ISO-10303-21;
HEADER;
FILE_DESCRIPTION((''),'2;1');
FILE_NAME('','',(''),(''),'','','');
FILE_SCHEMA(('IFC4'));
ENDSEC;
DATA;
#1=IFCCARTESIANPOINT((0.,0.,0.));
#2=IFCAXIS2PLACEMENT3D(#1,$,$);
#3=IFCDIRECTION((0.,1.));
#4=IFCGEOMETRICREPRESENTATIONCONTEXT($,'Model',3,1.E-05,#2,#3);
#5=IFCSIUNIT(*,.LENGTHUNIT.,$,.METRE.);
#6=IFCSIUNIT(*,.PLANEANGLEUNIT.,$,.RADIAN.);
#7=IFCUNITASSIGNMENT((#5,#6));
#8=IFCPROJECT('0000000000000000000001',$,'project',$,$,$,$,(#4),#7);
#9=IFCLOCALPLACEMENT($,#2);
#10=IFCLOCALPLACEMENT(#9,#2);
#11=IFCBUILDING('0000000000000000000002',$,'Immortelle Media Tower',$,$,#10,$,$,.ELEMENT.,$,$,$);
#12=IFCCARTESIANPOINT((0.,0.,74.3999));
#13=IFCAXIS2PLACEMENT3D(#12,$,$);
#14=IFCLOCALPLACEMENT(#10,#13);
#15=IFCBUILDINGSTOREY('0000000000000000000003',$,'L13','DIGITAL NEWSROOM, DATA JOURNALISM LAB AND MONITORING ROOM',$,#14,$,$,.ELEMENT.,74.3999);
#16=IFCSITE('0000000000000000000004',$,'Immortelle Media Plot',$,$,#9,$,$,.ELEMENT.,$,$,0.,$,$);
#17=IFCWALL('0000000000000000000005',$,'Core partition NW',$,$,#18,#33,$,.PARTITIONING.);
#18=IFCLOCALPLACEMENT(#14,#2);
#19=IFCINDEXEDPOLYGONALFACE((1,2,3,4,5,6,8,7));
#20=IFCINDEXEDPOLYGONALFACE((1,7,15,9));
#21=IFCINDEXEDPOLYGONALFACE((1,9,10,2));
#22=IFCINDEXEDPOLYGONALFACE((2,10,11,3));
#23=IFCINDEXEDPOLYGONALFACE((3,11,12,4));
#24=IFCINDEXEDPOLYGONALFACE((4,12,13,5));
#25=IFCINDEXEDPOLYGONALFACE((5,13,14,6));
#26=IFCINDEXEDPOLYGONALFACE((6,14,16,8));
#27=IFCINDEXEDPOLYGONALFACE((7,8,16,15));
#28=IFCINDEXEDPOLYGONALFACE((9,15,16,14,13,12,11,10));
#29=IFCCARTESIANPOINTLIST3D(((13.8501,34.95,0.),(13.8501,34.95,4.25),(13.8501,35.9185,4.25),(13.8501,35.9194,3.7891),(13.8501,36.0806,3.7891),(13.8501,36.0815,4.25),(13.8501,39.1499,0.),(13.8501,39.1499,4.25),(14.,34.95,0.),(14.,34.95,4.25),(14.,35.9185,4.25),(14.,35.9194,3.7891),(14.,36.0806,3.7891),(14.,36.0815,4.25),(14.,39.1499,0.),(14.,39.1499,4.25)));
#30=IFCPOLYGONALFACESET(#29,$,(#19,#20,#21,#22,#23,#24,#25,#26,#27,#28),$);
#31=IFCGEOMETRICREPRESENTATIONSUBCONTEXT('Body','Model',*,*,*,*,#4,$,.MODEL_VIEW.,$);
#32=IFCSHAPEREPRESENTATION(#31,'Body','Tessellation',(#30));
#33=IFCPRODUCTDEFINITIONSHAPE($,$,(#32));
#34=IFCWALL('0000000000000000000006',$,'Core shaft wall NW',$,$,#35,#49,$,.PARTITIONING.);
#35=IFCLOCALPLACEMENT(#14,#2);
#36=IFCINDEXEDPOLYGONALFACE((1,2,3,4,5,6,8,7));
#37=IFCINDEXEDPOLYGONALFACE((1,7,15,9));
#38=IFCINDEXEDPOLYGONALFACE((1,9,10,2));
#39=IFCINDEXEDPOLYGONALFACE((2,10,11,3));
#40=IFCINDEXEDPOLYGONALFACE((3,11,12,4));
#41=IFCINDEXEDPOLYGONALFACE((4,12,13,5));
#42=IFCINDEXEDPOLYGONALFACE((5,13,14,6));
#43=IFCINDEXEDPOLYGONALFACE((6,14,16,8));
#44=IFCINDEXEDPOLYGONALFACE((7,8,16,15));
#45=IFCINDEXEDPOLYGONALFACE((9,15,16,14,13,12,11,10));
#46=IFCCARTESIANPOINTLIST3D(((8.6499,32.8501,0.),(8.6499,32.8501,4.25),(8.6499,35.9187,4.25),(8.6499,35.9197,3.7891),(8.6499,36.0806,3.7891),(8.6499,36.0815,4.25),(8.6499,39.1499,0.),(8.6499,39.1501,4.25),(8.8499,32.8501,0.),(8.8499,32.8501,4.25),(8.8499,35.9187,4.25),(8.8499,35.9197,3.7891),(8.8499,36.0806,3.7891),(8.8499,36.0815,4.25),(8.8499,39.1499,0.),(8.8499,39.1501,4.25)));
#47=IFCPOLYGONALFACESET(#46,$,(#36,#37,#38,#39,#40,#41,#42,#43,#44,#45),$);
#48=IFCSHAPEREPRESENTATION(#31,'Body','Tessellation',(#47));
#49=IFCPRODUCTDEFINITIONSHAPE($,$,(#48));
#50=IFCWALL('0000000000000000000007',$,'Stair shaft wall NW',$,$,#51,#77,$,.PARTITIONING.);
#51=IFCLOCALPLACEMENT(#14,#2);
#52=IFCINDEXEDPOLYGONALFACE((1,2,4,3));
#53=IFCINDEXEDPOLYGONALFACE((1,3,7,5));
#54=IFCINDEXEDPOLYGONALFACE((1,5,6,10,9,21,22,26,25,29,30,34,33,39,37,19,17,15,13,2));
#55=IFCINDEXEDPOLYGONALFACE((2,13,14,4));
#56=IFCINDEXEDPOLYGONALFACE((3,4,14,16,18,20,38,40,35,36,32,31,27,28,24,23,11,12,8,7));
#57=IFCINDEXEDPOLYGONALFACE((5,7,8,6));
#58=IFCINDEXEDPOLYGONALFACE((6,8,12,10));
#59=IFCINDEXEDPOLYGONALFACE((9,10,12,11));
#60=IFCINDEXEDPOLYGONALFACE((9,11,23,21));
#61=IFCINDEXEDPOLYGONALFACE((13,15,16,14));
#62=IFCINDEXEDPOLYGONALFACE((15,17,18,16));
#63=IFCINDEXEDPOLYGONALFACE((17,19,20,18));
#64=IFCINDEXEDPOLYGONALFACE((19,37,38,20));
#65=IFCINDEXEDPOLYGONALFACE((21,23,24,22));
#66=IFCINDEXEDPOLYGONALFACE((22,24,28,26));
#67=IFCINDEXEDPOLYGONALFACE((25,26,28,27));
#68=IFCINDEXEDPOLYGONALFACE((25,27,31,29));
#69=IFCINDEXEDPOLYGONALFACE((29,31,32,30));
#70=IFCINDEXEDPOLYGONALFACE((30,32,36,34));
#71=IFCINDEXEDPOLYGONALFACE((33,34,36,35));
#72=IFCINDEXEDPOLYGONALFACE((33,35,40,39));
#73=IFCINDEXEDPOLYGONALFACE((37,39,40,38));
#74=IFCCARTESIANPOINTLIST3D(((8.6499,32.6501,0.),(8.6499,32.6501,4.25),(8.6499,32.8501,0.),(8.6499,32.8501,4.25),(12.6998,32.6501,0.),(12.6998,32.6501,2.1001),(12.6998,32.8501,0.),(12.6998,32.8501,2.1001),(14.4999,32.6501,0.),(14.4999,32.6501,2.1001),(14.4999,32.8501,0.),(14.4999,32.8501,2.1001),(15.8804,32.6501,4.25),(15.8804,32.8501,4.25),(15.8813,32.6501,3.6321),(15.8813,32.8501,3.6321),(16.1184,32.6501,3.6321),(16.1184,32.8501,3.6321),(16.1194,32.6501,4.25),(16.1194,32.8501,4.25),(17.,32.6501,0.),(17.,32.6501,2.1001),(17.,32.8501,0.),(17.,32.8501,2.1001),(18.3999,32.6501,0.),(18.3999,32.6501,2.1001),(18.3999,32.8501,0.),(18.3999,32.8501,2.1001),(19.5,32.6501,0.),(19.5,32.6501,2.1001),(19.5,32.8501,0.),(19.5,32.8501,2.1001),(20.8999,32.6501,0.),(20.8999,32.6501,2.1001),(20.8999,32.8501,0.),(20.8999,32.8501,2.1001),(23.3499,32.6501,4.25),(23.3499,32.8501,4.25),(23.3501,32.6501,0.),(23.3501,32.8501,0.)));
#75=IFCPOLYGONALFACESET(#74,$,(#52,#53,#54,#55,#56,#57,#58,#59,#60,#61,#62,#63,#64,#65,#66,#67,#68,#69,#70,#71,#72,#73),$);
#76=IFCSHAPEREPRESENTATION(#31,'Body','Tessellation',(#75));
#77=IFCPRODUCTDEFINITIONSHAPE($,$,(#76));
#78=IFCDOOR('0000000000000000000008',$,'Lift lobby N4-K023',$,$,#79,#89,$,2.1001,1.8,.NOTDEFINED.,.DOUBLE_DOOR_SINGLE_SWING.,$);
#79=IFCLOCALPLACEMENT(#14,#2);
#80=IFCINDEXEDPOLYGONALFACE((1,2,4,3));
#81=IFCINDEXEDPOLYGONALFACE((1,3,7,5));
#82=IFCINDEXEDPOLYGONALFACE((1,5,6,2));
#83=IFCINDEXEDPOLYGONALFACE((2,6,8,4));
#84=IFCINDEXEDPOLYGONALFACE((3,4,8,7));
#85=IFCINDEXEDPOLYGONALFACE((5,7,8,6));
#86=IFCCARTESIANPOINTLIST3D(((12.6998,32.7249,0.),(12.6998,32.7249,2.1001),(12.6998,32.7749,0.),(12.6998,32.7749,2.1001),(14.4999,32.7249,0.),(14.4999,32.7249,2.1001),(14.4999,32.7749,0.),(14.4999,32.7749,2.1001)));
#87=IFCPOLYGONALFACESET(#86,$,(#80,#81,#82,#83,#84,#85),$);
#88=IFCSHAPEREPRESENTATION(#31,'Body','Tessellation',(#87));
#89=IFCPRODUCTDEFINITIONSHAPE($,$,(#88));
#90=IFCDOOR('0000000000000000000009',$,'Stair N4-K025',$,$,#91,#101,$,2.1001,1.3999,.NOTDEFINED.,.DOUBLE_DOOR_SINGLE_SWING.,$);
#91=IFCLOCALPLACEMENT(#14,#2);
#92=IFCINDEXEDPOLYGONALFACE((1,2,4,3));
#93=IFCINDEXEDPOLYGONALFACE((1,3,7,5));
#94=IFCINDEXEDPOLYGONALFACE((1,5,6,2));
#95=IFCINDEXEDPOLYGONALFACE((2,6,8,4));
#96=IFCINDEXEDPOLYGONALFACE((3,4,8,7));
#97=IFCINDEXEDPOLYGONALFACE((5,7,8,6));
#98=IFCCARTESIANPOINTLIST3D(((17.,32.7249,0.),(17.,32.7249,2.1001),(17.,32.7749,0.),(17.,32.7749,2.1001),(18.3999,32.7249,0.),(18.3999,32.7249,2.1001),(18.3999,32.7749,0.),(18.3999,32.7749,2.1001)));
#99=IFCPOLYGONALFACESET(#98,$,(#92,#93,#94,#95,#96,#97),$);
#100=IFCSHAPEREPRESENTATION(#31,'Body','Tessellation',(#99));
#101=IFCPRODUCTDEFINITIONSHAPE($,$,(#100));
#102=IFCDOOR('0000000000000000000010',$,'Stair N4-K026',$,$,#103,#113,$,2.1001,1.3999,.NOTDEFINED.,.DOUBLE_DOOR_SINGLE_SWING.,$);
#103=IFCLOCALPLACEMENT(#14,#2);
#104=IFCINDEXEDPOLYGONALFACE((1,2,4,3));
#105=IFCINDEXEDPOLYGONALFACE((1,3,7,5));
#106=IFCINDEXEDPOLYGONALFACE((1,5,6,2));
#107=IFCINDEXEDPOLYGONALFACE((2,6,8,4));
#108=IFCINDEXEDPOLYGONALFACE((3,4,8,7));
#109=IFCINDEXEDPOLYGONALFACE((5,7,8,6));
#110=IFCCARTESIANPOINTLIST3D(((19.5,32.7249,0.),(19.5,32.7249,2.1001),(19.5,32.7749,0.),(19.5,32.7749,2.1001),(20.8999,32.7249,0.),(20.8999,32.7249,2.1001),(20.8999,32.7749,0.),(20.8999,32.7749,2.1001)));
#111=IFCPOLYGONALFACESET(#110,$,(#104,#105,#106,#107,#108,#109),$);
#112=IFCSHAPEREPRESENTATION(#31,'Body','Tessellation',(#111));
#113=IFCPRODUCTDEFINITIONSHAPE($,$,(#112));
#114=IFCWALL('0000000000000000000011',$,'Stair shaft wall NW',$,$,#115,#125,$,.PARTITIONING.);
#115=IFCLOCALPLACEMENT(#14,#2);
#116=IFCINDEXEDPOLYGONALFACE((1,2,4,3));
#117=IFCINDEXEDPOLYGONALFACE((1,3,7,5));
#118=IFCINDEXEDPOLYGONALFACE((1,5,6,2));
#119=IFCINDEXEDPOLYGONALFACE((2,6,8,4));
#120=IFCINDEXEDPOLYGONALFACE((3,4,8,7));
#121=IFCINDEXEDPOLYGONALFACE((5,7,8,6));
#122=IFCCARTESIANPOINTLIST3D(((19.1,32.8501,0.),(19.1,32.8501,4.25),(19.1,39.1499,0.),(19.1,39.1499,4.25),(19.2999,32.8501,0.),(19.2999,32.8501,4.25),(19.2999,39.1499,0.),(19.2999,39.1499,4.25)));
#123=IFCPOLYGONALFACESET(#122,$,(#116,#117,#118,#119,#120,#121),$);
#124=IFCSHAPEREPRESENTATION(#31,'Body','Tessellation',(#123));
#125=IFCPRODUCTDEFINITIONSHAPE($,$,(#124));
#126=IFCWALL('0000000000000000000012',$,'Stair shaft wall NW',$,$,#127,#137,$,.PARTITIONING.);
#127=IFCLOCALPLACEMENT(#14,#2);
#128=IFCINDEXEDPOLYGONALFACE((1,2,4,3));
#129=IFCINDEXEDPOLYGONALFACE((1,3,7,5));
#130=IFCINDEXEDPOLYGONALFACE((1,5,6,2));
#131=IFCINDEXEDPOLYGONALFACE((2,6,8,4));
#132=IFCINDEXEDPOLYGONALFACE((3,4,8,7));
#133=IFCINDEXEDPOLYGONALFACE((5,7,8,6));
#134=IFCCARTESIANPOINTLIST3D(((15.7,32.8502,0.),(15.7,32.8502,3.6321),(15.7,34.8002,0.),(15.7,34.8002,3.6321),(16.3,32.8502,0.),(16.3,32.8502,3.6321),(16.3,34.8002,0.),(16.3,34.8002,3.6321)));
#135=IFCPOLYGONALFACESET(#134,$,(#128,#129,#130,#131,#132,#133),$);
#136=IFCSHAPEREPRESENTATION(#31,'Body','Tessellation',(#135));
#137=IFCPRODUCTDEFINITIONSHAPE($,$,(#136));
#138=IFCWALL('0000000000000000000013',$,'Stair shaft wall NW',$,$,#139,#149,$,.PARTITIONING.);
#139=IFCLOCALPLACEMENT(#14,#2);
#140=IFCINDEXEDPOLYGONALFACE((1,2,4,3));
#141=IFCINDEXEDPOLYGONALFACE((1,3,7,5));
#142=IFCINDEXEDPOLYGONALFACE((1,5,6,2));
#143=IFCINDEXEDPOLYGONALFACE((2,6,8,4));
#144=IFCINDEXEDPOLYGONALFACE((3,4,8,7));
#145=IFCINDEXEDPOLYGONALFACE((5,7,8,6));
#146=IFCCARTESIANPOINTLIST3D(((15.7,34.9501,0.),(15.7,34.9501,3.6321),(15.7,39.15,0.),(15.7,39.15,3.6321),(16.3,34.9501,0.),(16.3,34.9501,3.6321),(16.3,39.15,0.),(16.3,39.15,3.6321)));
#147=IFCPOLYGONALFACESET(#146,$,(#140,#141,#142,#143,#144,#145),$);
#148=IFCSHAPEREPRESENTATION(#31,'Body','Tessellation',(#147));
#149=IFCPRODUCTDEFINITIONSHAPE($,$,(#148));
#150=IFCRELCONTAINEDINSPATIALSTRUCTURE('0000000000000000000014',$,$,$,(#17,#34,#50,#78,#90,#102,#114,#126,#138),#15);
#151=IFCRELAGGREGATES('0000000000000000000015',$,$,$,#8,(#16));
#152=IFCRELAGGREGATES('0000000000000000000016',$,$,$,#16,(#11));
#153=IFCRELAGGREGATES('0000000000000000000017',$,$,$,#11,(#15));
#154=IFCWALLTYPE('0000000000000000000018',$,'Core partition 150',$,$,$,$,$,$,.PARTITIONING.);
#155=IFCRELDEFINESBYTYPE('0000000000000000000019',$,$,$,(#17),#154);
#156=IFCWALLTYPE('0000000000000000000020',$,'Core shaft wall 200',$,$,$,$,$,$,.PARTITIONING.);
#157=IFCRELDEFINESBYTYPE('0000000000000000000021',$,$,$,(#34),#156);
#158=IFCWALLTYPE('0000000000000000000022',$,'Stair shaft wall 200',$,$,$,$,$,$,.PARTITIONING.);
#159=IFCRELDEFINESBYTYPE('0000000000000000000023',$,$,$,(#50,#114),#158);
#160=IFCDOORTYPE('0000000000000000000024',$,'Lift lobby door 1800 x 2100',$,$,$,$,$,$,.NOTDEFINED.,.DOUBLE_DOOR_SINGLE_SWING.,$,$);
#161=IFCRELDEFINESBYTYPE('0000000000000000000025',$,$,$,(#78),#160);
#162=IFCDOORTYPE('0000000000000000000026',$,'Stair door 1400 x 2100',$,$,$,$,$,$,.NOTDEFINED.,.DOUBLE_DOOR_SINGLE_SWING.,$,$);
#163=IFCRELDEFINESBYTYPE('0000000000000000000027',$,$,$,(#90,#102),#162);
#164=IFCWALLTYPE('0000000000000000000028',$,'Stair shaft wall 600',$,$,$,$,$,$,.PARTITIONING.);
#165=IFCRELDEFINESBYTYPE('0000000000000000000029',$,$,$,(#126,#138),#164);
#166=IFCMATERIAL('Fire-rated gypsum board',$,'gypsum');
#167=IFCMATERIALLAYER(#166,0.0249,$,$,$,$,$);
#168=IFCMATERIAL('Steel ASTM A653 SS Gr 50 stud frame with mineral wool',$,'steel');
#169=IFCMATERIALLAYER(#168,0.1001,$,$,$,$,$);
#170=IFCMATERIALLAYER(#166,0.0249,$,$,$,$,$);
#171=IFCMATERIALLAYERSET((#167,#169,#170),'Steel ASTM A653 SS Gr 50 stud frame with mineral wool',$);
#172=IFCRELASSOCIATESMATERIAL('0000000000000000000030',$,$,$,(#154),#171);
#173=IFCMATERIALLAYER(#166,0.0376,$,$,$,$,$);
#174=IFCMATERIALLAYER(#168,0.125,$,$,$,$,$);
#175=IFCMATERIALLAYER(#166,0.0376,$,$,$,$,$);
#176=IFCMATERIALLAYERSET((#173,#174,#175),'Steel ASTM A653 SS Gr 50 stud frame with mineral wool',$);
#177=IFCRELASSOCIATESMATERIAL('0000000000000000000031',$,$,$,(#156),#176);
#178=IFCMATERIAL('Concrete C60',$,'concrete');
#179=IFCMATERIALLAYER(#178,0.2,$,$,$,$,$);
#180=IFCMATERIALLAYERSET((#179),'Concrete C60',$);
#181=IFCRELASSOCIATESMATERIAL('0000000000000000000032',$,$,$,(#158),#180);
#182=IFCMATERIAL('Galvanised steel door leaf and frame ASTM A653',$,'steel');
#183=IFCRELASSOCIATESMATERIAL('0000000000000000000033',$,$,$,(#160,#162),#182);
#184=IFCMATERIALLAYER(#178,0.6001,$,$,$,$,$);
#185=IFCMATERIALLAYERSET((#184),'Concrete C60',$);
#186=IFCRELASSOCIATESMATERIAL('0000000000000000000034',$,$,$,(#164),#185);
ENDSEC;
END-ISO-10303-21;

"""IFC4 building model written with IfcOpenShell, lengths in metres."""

from ifc_helpers import new_model, si_unit, direction, frame, frame_2d, origin, place, context, subcontext, project, spatial, polyline, rectangle, outline, extrude, material, layer, layer_set, type_object, element, fill, save


model = new_model("IFC4")

# Units and contexts
model_context = context("Model", 3, precision=1e-05, world=origin(), true_north=direction((0.0, 1.0)))
body_context = subcontext(model_context, "Body", "Model", "MODEL_VIEW")
ifc_project = project(units=[si_unit("LENGTHUNIT", "METRE"), si_unit("PLANEANGLEUNIT", "RADIAN")], contexts=[model_context])

# Site, building, storey
site_placement = place(None, origin())
site = spatial("IfcSite", under=ifc_project, at=site_placement, Name="Immortelle Media Plot", CompositionType="ELEMENT", RefElevation=0.0)
building_placement = place(site_placement, origin())
building = spatial("IfcBuilding", under=site, at=building_placement, Name="Immortelle Media Tower", CompositionType="ELEMENT")
storey_placement = place(building_placement, frame((0.0, 0.0, 74.3999)))
storey = spatial("IfcBuildingStorey", under=building, at=storey_placement, Name="L13", Description="DIGITAL NEWSROOM, DATA JOURNALISM LAB AND MONITORING ROOM", CompositionType="ELEMENT", Elevation=74.3999)

# Shared definitions
ifc_material_1 = material(Name="Fire-rated gypsum board", Category="gypsum")
ifc_layer_1 = layer(ifc_material_1, 0.0249)
ifc_material_2 = material(Name="Steel ASTM A653 SS Gr 50 stud frame with mineral wool", Category="steel")
ifc_layer_2 = layer(ifc_material_2, 0.1001)
ifc_layer_3 = layer(ifc_material_1, 0.0249)
ifc_layer_set_1 = layer_set([ifc_layer_1, ifc_layer_2, ifc_layer_3], Name="Steel ASTM A653 SS Gr 50 stud frame with mineral wool")
wall_type_1 = type_object("IfcWallType", Name="Core partition 150", PredefinedType="PARTITIONING", material=ifc_layer_set_1)
ifc_material_3 = material(Name="Galvanised steel door leaf and frame ASTM A653", Category="steel")

# Walls
for number, where, z_axis, x_axis, name in (
    (1, (13.925, 34.95, 0.0), (0.0, 0.0, 1.0), (0.0, 1.0, 0.0), "Core partition NW"),
):
    element("IfcWall", number, at=place(storey_placement, frame(where, z_axis=z_axis, x_axis=x_axis)), inside=storey, type_object=wall_type_1, Name=name, PredefinedType="PARTITIONING", context=body_context, shape_type="SweptSolid", body=[
        extrude(outline(polyline([(0.0, 0.0), (4.2, 0.0), (4.2, 4.25), (1.1316, 4.25), (1.1306, 3.7891), (0.9695, 3.7891), (0.9685, 4.25), (0.0, 4.25), (0.0, 0.0)])), frame((0.0, 0.075, 0.0), z_axis=(0.0, -1.0, 0.0), x_axis=(1.0, 0.0, 0.0)), (0.0, 0.0, 1.0), 0.1499),
    ])
ifc_layer_4 = layer(ifc_material_1, 0.0376)
ifc_layer_5 = layer(ifc_material_2, 0.125)
ifc_layer_6 = layer(ifc_material_1, 0.0376)
ifc_layer_set_2 = layer_set([ifc_layer_4, ifc_layer_5, ifc_layer_6], Name="Steel ASTM A653 SS Gr 50 stud frame with mineral wool")
wall_type_2 = type_object("IfcWallType", Name="Core shaft wall 200", PredefinedType="PARTITIONING", material=ifc_layer_set_2)
wall_1_placement = place(storey_placement, frame((8.75, 32.8501, 0.0), z_axis=(0.0, 0.0, 1.0), x_axis=(0.0, 1.0, 0.0)))
element("IfcWall", 2, at=wall_1_placement, inside=storey, type_object=wall_type_2, Name="Core shaft wall NW", PredefinedType="PARTITIONING", context=body_context, shape_type="SweptSolid", body=[
    extrude(outline(polyline([(0.0, 0.0), (6.2998, 0.0), (6.3, 4.25), (3.2314, 4.25), (3.2305, 3.7891), (3.0696, 3.7891), (3.0686, 4.25), (0.0, 4.25), (0.0, 0.0)])), frame((0.0, 0.1001, 0.0), z_axis=(0.0, -1.0, 0.0), x_axis=(1.0, 0.0, 0.0)), (0.0, 0.0, 1.0), 0.2),
])

# Wall, openings, doors
ifc_material_4 = material(Name="Concrete C60", Category="concrete")
ifc_layer_7 = layer(ifc_material_4, 0.2)
ifc_layer_set_3 = layer_set([ifc_layer_7], Name="Concrete C60")
wall_type_3 = type_object("IfcWallType", Name="Stair shaft wall 200", PredefinedType="PARTITIONING", material=ifc_layer_set_3)
wall_2_placement = place(storey_placement, frame((8.6499, 32.75, 0.0), z_axis=(0.0, 0.0, 1.0), x_axis=(1.0, 0.0, 0.0)))
wall_2 = element("IfcWall", 3, at=wall_2_placement, inside=storey, type_object=wall_type_3, Name="Stair shaft wall NW", PredefinedType="PARTITIONING", context=body_context, shape_type="SweptSolid", body=[
    extrude(outline(polyline([(0.0, 0.0), (14.7002, 0.0), (14.7, 4.25), (7.4695, 4.25), (7.4685, 3.6321), (7.2314, 3.6321), (7.2305, 4.25), (0.0, 4.25), (0.0, 0.0)])), frame((0.0, 0.1001, 0.0), z_axis=(0.0, -1.0, 0.0), x_axis=(1.0, 0.0, 0.0)), (0.0, 0.0, 1.0), 0.2),
])
opening_1_placement = place(wall_2_placement, frame((4.05, 0.0, 0.0)))
opening_1 = element("IfcOpeningElement", 4, at=opening_1_placement, cuts=wall_2, PredefinedType="OPENING", context=body_context, shape_type="SweptSolid", body=[
    extrude(rectangle(XDim=1.8, YDim=2.1001, at=frame_2d((0.8999, 1.05))), frame((0.0, 0.1099, 0.0), z_axis=(0.0, -1.0, 0.0), x_axis=(1.0, 0.0, 0.0)), (0.0, 0.0, 1.0), 0.22),
])
opening_2_placement = place(wall_2_placement, frame((8.3501, 0.0, 0.0)))
opening_2 = element("IfcOpeningElement", 5, at=opening_2_placement, cuts=wall_2, PredefinedType="OPENING", context=body_context, shape_type="SweptSolid", body=[
    extrude(rectangle(XDim=1.3999, YDim=2.1001, at=frame_2d((0.7, 1.05))), frame((0.0, 0.1099, 0.0), z_axis=(0.0, -1.0, 0.0), x_axis=(1.0, 0.0, 0.0)), (0.0, 0.0, 1.0), 0.22),
])
opening_3_placement = place(wall_2_placement, frame((10.8501, 0.0, 0.0)))
opening_3 = element("IfcOpeningElement", 6, at=opening_3_placement, cuts=wall_2, PredefinedType="OPENING", context=body_context, shape_type="SweptSolid", body=[
    extrude(rectangle(XDim=1.3999, YDim=2.1001, at=frame_2d((0.7, 1.05))), frame((0.0, 0.1099, 0.0), z_axis=(0.0, -1.0, 0.0), x_axis=(1.0, 0.0, 0.0)), (0.0, 0.0, 1.0), 0.22),
])
door_type_1 = type_object("IfcDoorType", Name="Lift lobby door 1800 x 2100", OperationType="DOUBLE_DOOR_SINGLE_SWING", PredefinedType="NOTDEFINED", material=ifc_material_3)
door_1_placement = place(opening_1_placement, origin())
door_1 = element("IfcDoor", 7, at=door_1_placement, inside=storey, type_object=door_type_1, Name="Lift lobby N4-K023", OperationType="DOUBLE_DOOR_SINGLE_SWING", OverallHeight=2.1001, OverallWidth=1.8, PredefinedType="NOTDEFINED", context=body_context, shape_type="SweptSolid", body=[
    extrude(rectangle(XDim=1.8, YDim=2.1001, at=frame_2d((0.8999, 1.05))), frame((0.0, 0.0249, 0.0), z_axis=(0.0, -1.0, 0.0), x_axis=(1.0, 0.0, 0.0)), (0.0, 0.0, 1.0), 0.05),
])
fill(opening_1, door_1)
door_type_2 = type_object("IfcDoorType", Name="Stair door 1400 x 2100", OperationType="DOUBLE_DOOR_SINGLE_SWING", PredefinedType="NOTDEFINED", material=ifc_material_3)
door_2_placement = place(opening_2_placement, origin())
door_2 = element("IfcDoor", 8, at=door_2_placement, inside=storey, type_object=door_type_2, Name="Stair N4-K025", OperationType="DOUBLE_DOOR_SINGLE_SWING", OverallHeight=2.1001, OverallWidth=1.3999, PredefinedType="NOTDEFINED", context=body_context, shape_type="SweptSolid", body=[
    extrude(rectangle(XDim=1.3999, YDim=2.1001, at=frame_2d((0.7, 1.05))), frame((0.0, 0.0249, 0.0), z_axis=(0.0, -1.0, 0.0), x_axis=(1.0, 0.0, 0.0)), (0.0, 0.0, 1.0), 0.05),
])
fill(opening_2, door_2)
door_3_placement = place(opening_3_placement, origin())
door_3 = element("IfcDoor", 9, at=door_3_placement, inside=storey, type_object=door_type_2, Name="Stair N4-K026", OperationType="DOUBLE_DOOR_SINGLE_SWING", OverallHeight=2.1001, OverallWidth=1.3999, PredefinedType="NOTDEFINED", context=body_context, shape_type="SweptSolid", body=[
    extrude(rectangle(XDim=1.3999, YDim=2.1001, at=frame_2d((0.7, 1.05))), frame((0.0, 0.0249, 0.0), z_axis=(0.0, -1.0, 0.0), x_axis=(1.0, 0.0, 0.0)), (0.0, 0.0, 1.0), 0.05),
])
fill(opening_3, door_3)

# Walls
wall_3_placement = place(storey_placement, frame((19.2, 32.8501, 0.0), z_axis=(0.0, 0.0, 1.0), x_axis=(0.0, 1.0, 0.0)))
element("IfcWall", 10, at=wall_3_placement, inside=storey, type_object=wall_type_3, Name="Stair shaft wall NW", PredefinedType="PARTITIONING", context=body_context, shape_type="SweptSolid", body=[
    extrude(rectangle(XDim=6.2998, YDim=0.2, at=frame_2d((3.1499, 0.0))), origin(), (0.0, 0.0, 1.0), 4.25),
])
ifc_layer_8 = layer(ifc_material_4, 0.6001)
ifc_layer_set_4 = layer_set([ifc_layer_8], Name="Concrete C60")
wall_type_4 = type_object("IfcWallType", Name="Stair shaft wall 600", PredefinedType="PARTITIONING", material=ifc_layer_set_4)
wall_4_placement = place(storey_placement, frame((16.0, 32.8501, 0.0), z_axis=(0.0, 0.0, 1.0), x_axis=(0.0, 1.0, 0.0)))
element("IfcWall", 11, at=wall_4_placement, inside=storey, type_object=wall_type_4, Name="Stair shaft wall NW", PredefinedType="PARTITIONING", context=body_context, shape_type="SweptSolid", body=[
    extrude(rectangle(XDim=1.95, YDim=0.6001, at=frame_2d((0.9751, 0.0))), origin(), (0.0, 0.0, 1.0), 3.6321),
])
wall_5_placement = place(storey_placement, frame((16.0, 34.95, 0.0), z_axis=(0.0, 0.0, 1.0), x_axis=(0.0, 1.0, 0.0)))
element("IfcWall", 12, at=wall_5_placement, inside=storey, type_object=wall_type_4, Name="Stair shaft wall NW", PredefinedType="PARTITIONING", context=body_context, shape_type="SweptSolid", body=[
    extrude(rectangle(XDim=4.2, YDim=0.6001, at=frame_2d((2.1001, 0.0))), origin(), (0.0, 0.0, 1.0), 3.6321),
])

save(model, "model.ifc")
